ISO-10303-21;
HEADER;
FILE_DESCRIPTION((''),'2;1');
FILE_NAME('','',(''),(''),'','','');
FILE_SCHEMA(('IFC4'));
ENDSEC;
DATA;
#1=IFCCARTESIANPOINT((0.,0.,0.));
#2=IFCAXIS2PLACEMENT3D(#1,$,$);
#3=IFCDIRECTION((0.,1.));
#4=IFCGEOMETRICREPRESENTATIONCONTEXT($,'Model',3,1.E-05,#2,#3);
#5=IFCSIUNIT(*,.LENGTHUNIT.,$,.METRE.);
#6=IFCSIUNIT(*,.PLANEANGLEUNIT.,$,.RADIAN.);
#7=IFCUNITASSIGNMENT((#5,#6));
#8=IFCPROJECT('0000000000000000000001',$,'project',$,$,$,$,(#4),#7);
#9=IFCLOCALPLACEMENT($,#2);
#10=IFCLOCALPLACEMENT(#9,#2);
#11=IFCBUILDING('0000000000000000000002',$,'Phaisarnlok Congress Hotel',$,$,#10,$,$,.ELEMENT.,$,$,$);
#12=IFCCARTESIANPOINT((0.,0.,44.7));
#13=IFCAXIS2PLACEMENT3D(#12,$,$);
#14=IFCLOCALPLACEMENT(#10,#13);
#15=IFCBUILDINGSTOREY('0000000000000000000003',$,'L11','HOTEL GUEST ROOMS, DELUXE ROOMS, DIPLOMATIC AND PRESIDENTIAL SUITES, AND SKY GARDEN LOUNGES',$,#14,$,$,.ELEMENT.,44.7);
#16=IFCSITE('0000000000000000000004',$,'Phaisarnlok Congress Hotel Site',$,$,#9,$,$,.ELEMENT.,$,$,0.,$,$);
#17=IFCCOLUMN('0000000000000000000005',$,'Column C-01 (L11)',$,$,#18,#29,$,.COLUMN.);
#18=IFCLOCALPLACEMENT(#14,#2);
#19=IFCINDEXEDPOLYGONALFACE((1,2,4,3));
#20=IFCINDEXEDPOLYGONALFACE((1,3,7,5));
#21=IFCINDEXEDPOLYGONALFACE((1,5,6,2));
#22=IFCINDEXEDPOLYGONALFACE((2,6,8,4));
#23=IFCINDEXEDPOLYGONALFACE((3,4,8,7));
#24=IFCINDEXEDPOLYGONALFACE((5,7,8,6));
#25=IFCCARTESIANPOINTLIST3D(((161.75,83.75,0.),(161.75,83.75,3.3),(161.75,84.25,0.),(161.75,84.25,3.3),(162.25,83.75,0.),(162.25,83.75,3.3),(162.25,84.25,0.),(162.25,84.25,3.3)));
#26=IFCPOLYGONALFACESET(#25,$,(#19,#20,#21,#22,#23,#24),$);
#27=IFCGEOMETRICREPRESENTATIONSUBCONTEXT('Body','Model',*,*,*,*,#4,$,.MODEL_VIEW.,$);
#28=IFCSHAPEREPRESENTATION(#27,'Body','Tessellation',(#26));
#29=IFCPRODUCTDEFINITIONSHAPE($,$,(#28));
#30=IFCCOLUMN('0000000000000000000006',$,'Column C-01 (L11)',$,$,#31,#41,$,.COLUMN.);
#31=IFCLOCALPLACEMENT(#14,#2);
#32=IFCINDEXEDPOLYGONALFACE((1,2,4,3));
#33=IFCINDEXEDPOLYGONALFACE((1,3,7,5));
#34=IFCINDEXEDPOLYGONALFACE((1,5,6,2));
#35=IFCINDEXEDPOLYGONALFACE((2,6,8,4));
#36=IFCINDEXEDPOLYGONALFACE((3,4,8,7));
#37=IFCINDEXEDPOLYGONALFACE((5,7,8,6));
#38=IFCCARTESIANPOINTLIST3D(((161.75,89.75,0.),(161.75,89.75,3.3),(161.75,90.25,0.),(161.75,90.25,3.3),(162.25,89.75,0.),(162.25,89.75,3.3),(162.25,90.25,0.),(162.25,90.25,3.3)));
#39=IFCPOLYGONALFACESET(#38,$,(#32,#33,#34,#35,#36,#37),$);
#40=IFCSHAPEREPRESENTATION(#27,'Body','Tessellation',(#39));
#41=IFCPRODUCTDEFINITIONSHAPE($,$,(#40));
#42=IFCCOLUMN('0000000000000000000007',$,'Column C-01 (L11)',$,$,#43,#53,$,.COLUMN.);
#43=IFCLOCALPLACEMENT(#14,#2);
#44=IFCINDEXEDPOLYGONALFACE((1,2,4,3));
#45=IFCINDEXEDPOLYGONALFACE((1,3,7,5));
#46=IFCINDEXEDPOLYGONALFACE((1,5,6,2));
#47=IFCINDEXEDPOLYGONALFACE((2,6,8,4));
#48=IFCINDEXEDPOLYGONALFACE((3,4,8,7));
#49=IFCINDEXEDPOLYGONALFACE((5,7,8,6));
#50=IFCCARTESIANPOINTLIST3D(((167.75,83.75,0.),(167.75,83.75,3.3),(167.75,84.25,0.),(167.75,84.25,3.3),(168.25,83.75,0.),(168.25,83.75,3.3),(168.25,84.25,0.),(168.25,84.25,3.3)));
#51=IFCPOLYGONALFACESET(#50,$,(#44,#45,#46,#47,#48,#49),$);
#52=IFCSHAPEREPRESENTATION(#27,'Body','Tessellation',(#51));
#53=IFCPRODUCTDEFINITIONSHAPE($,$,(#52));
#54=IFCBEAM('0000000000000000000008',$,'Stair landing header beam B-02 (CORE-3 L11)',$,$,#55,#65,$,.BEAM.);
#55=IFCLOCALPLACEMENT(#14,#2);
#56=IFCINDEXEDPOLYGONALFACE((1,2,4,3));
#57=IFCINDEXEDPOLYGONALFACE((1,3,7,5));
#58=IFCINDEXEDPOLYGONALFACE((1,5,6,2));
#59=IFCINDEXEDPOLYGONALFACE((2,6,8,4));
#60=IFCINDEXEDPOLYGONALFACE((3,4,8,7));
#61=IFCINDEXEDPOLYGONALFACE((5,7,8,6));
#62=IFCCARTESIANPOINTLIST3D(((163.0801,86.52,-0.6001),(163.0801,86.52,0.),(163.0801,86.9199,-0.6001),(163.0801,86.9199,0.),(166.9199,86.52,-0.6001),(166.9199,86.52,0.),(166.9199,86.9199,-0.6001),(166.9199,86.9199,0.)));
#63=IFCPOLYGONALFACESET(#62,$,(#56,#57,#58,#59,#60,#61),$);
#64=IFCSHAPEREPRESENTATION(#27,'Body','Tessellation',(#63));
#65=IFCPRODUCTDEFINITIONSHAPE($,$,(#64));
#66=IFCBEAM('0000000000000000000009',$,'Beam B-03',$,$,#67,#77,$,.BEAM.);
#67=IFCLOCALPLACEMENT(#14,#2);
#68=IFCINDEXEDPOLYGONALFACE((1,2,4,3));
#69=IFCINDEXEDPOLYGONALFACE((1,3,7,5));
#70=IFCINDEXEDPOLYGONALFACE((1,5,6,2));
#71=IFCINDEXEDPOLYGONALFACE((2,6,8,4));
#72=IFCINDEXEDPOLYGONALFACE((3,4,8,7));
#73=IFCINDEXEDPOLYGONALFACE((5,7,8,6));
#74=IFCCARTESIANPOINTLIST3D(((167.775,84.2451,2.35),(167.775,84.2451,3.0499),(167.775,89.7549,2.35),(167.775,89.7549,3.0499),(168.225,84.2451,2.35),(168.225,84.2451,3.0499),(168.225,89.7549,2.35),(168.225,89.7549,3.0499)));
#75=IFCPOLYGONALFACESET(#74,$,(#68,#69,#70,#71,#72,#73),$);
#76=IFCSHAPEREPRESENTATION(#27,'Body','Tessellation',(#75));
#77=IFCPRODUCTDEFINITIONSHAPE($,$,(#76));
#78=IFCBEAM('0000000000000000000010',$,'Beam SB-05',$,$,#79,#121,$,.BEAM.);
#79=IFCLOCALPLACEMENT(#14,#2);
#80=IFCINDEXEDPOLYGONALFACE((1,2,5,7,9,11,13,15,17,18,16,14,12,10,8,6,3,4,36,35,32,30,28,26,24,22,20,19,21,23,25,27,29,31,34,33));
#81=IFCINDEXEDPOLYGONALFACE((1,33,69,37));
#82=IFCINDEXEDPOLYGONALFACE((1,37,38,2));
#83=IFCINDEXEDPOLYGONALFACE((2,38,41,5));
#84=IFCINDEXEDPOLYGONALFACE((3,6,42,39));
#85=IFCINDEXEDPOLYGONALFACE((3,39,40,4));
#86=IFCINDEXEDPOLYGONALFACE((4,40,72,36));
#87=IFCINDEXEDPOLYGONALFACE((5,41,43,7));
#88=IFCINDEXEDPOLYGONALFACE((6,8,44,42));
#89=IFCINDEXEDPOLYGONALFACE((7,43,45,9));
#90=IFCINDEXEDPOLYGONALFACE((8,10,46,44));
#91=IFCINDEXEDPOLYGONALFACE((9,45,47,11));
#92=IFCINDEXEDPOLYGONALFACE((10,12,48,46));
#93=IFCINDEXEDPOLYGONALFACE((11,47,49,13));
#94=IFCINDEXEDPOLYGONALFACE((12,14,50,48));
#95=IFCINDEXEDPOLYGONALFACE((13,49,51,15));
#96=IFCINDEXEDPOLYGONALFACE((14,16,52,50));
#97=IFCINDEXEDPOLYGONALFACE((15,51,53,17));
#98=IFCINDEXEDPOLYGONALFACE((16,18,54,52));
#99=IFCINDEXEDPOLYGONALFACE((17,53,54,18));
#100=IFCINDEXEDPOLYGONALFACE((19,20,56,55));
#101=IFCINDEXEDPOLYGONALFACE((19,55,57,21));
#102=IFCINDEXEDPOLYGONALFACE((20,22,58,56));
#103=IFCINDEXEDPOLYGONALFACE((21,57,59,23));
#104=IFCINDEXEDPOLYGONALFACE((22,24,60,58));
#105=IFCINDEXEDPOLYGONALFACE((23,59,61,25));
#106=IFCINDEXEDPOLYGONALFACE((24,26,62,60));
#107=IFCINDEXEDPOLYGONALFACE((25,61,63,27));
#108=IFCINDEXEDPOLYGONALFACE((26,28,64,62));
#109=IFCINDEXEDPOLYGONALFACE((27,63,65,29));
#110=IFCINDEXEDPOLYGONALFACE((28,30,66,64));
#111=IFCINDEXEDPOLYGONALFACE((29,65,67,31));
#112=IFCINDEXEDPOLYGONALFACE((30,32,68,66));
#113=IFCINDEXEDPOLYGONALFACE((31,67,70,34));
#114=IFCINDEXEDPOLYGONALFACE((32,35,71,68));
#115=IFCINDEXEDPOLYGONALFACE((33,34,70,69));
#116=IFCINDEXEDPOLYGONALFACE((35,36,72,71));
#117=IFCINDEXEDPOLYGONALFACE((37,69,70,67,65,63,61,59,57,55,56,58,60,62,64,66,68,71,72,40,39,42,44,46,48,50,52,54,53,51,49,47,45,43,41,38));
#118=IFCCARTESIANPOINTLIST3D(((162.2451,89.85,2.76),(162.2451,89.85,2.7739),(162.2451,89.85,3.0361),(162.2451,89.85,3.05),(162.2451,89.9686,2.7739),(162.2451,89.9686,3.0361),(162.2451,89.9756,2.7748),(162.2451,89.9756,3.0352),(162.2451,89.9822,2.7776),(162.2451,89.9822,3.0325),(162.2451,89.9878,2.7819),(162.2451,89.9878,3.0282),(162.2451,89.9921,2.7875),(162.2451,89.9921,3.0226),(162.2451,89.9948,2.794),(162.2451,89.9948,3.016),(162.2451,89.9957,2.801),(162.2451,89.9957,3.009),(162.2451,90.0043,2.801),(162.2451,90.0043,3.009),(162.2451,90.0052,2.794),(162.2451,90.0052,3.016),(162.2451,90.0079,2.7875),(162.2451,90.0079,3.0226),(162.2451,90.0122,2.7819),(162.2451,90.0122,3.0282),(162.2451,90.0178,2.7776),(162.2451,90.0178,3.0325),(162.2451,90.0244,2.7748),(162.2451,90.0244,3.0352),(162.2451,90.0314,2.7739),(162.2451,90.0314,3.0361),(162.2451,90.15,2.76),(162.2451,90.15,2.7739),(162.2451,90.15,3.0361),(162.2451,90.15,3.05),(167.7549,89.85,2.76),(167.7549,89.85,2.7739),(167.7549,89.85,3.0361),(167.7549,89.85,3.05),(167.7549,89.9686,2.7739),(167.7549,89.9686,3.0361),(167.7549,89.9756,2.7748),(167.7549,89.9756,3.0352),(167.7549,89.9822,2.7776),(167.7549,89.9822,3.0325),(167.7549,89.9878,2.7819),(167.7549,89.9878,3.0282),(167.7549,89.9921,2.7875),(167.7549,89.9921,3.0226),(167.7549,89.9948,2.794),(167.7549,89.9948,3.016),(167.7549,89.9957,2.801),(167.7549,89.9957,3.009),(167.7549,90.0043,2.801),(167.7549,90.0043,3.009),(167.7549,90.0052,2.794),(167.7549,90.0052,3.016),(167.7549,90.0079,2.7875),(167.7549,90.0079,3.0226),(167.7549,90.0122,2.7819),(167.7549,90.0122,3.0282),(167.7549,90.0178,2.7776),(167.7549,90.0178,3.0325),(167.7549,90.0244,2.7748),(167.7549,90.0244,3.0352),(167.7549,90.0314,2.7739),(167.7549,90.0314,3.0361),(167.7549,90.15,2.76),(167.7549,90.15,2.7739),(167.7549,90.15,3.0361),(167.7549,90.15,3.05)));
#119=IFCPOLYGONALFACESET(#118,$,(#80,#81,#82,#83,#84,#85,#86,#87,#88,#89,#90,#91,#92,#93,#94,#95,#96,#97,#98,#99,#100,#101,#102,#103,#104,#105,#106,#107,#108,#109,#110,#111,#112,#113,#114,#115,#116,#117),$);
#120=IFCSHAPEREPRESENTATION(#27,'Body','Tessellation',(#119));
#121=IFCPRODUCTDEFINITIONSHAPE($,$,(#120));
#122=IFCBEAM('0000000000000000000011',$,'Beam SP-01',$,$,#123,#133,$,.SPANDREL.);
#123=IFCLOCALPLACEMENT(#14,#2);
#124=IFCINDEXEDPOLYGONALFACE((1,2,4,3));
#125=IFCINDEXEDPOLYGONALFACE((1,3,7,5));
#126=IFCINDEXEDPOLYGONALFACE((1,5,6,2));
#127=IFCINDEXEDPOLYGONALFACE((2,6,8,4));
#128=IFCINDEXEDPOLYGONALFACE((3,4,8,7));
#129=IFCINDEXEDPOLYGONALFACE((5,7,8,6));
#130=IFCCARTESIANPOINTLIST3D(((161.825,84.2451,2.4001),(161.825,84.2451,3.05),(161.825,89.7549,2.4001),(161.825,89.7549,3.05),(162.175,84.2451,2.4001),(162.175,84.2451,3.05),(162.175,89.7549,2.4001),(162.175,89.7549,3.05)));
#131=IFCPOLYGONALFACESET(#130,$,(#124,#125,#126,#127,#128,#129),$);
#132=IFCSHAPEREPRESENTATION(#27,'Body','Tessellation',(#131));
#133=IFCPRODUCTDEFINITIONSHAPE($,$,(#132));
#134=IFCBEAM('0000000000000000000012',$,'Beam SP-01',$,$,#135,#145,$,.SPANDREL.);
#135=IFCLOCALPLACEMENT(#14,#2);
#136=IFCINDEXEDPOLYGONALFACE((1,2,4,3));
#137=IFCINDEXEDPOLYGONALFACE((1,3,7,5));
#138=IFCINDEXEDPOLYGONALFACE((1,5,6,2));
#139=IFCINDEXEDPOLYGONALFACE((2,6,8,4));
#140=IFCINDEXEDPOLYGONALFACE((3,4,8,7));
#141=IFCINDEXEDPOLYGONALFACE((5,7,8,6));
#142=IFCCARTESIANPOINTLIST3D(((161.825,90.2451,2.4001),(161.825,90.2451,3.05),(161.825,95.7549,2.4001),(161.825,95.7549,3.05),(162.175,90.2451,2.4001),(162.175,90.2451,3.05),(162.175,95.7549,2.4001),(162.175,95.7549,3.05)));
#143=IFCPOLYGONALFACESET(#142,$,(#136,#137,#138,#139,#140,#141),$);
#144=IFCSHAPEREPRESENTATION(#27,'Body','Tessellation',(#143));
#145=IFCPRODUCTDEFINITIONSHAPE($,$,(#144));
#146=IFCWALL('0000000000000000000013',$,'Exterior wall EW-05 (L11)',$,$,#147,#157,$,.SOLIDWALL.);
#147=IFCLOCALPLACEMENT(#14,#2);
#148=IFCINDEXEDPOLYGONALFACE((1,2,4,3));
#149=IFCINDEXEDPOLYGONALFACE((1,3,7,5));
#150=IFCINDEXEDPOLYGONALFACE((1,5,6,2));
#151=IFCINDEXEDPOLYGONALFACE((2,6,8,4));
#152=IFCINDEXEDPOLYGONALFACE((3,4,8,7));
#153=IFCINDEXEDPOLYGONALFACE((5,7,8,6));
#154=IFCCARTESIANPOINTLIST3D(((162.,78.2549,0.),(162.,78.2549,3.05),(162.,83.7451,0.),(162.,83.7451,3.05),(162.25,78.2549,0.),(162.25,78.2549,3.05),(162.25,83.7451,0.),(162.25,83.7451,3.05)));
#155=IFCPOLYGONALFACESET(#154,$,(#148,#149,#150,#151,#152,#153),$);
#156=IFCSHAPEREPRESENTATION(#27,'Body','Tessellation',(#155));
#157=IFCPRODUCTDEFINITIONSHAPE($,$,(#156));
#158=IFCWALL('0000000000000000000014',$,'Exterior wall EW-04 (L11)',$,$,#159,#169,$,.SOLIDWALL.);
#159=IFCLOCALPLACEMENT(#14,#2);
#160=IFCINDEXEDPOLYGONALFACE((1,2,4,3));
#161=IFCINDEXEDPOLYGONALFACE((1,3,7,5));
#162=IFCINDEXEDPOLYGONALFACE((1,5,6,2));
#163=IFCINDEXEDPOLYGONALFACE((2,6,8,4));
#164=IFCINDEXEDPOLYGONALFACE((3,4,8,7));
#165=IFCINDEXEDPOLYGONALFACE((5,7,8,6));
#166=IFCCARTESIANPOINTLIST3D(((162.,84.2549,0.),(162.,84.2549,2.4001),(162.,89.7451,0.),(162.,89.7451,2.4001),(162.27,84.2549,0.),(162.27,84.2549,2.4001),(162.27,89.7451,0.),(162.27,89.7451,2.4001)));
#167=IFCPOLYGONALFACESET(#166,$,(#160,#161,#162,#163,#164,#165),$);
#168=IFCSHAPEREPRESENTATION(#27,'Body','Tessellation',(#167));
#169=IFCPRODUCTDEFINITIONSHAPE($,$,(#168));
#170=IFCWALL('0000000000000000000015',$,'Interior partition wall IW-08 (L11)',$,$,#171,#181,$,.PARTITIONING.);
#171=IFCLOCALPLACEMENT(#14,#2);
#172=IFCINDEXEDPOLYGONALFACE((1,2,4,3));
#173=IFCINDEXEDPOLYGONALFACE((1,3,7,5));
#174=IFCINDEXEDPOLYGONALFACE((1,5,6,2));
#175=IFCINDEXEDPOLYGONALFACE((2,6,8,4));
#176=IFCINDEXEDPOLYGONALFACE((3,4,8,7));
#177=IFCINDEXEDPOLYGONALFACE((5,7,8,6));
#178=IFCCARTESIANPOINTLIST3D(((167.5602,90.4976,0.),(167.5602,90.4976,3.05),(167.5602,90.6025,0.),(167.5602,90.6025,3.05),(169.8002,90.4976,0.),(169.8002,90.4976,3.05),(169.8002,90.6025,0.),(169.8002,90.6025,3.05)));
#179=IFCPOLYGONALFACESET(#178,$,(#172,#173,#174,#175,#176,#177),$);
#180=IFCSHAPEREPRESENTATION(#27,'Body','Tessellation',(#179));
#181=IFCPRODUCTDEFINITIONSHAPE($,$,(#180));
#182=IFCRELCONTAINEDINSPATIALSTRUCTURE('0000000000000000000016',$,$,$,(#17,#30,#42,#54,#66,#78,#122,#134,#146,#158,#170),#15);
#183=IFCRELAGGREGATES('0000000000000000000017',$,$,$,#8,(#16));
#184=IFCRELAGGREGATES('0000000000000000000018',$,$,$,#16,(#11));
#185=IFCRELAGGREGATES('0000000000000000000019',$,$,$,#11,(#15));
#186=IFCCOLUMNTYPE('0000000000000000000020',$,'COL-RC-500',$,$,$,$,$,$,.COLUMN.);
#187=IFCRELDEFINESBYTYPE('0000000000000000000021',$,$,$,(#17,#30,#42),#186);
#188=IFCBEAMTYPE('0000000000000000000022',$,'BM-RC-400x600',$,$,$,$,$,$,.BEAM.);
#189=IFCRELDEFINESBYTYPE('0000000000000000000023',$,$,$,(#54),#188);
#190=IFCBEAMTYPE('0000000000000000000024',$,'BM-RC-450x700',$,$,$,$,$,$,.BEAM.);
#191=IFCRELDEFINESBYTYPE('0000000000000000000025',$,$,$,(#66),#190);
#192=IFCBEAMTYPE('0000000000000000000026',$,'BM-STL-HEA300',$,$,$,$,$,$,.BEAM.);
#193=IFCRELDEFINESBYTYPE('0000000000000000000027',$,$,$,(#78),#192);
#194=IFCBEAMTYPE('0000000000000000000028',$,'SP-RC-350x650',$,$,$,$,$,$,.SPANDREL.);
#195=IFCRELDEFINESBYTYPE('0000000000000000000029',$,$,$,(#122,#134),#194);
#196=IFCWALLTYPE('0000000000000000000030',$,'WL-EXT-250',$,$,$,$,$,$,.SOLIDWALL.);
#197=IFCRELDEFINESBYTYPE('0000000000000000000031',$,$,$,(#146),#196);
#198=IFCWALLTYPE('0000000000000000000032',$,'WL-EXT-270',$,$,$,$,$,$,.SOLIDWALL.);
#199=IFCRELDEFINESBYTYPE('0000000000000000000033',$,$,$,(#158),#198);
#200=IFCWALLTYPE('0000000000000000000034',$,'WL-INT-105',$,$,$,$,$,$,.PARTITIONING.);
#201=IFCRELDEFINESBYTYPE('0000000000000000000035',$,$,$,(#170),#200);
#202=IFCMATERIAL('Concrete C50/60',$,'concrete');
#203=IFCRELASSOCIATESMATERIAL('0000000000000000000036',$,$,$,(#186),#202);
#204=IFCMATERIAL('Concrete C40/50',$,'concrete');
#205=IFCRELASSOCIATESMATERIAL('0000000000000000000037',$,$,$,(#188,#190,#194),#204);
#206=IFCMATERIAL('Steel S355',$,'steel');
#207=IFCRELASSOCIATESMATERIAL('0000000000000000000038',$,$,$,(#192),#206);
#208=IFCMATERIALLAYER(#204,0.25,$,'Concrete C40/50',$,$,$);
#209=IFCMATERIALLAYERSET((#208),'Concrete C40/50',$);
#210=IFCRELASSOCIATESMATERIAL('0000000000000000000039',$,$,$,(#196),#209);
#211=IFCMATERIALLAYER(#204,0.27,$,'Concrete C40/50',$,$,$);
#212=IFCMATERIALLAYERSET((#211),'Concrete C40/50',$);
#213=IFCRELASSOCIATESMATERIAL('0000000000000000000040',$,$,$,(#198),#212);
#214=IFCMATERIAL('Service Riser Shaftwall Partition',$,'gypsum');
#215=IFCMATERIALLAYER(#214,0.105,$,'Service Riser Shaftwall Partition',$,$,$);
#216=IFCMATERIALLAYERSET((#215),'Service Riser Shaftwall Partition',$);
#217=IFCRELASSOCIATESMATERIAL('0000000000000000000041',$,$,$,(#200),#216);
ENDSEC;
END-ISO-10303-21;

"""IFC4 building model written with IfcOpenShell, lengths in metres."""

from ifc_helpers import new_model, si_unit, direction, frame, frame_2d, origin, origin_2d, place, context, subcontext, project, spatial, rectangle, i_section, extrude, material, layer, layer_set, material_profile, profile_set, type_object, element, save


model = new_model("IFC4")

# Units and contexts
model_context = context("Model", 3, precision=1e-05, world=origin(), true_north=direction((0.0, 1.0)))
body_context = subcontext(model_context, "Body", "Model", "MODEL_VIEW")
ifc_project = project(units=[si_unit("LENGTHUNIT", "METRE"), si_unit("PLANEANGLEUNIT", "RADIAN")], contexts=[model_context])

# Site, building, storey
site_placement = place(None, origin())
site = spatial("IfcSite", under=ifc_project, at=site_placement, Name="Phaisarnlok Congress Hotel Site", CompositionType="ELEMENT", RefElevation=0.0)
building_placement = place(site_placement, origin())
building = spatial("IfcBuilding", under=site, at=building_placement, Name="Phaisarnlok Congress Hotel", CompositionType="ELEMENT")
storey_placement = place(building_placement, frame((0.0, 0.0, 44.7)))
storey = spatial("IfcBuildingStorey", under=building, at=storey_placement, Name="L11", Description="HOTEL GUEST ROOMS, DELUXE ROOMS, DIPLOMATIC AND PRESIDENTIAL SUITES, AND SKY GARDEN LOUNGES", CompositionType="ELEMENT", Elevation=44.7)

# Columns
ifc_material_1 = material(Name="Concrete C50/60", Category="concrete")
ifc_material_profile_1 = material_profile(ifc_material_1, rectangle(XDim=0.5, YDim=0.5, at=origin_2d()), Name="RC 500x500")
ifc_profile_set_1 = profile_set([ifc_material_profile_1], Name="Concrete C50/60")
column_type = type_object("IfcColumnType", Name="COL-RC-500", PredefinedType="COLUMN", material=ifc_profile_set_1)
for number, where, z_axis, x_axis, name in (
    (1, (162.0, 84.0, 0.0), (0.0, 0.0, 1.0), (1.0, 0.0, 0.0), "Column C-01 (L11)"),
    (2, (162.0, 90.0, 0.0), (0.0, 0.0, 1.0), (1.0, 0.0, 0.0), "Column C-01 (L11)"),
    (3, (168.0, 84.0, 0.0), (0.0, 0.0, 1.0), (1.0, 0.0, 0.0), "Column C-01 (L11)"),
):
    element("IfcColumn", number, at=place(storey_placement, frame(where, z_axis=z_axis, x_axis=x_axis)), inside=storey, type_object=column_type, Name=name, PredefinedType="COLUMN", context=body_context, shape_type="SweptSolid", body=[
        extrude(rectangle(XDim=0.5, YDim=0.5, at=origin_2d()), origin(), (0.0, 0.0, 1.0), 3.3),
    ])

# Beams
ifc_material_2 = material(Name="Concrete C40/50", Category="concrete")
ifc_material_profile_2 = material_profile(ifc_material_2, rectangle(XDim=0.3999, YDim=0.6001, at=origin_2d()), Name="RC 400x600")
ifc_profile_set_2 = profile_set([ifc_material_profile_2], Name="Concrete C40/50")
beam_type_1 = type_object("IfcBeamType", Name="BM-RC-400x600", PredefinedType="BEAM", material=ifc_profile_set_2)
beam_1_placement = place(storey_placement, frame((163.0801, 86.72, -0.3), z_axis=(1.0, 0.0, 0.0), x_axis=(0.0, 1.0, 0.0)))
element("IfcBeam", 4, at=beam_1_placement, inside=storey, type_object=beam_type_1, Name="Stair landing header beam B-02 (CORE-3 L11)", PredefinedType="BEAM", context=body_context, shape_type="SweptSolid", body=[
    extrude(rectangle(XDim=0.3999, YDim=0.6001, at=origin_2d()), origin(), (0.0, 0.0, 1.0), 3.8398),
])
ifc_material_profile_3 = material_profile(ifc_material_2, rectangle(XDim=0.45, YDim=0.7, at=origin_2d()), Name="RC 450x700")
ifc_profile_set_3 = profile_set([ifc_material_profile_3], Name="Concrete C40/50")
beam_type_2 = type_object("IfcBeamType", Name="BM-RC-450x700", PredefinedType="BEAM", material=ifc_profile_set_3)
beam_2_placement = place(storey_placement, frame((168.0, 84.2451, 2.7), z_axis=(0.0, 1.0, 0.0), x_axis=(-1.0, 0.0, 0.0)))
element("IfcBeam", 5, at=beam_2_placement, inside=storey, type_object=beam_type_2, Name="Beam B-03", PredefinedType="BEAM", context=body_context, shape_type="SweptSolid", body=[
    extrude(rectangle(XDim=0.45, YDim=0.7, at=origin_2d()), origin(), (0.0, 0.0, 1.0), 5.5098),
])
ifc_material_3 = material(Name="Steel S355", Category="steel")
ifc_material_profile_4 = material_profile(ifc_material_3, i_section(OverallWidth=0.3, OverallDepth=0.29, WebThickness=0.0085, FlangeThickness=0.0139, FilletRadius=0.0271, at=origin_2d()), Name="HEA 300")
ifc_profile_set_4 = profile_set([ifc_material_profile_4], Name="Steel S355")
beam_type_3 = type_object("IfcBeamType", Name="BM-STL-HEA300", PredefinedType="BEAM", material=ifc_profile_set_4)
beam_3_placement = place(storey_placement, frame((162.2451, 90.0, 2.905), z_axis=(1.0, 0.0, 0.0), x_axis=(0.0, 1.0, 0.0)))
element("IfcBeam", 6, at=beam_3_placement, inside=storey, type_object=beam_type_3, Name="Beam SB-05", PredefinedType="BEAM", context=body_context, shape_type="SweptSolid", body=[
    extrude(i_section(OverallWidth=0.3, OverallDepth=0.29, WebThickness=0.0085, FlangeThickness=0.0139, FilletRadius=0.0271, at=origin_2d()), origin(), (0.0, 0.0, 1.0), 5.5098),
])
ifc_material_profile_5 = material_profile(ifc_material_2, rectangle(XDim=0.3501, YDim=0.6499, at=origin_2d()), Name="RC 350x650")
ifc_profile_set_5 = profile_set([ifc_material_profile_5], Name="Concrete C40/50")
beam_type_4 = type_object("IfcBeamType", Name="SP-RC-350x650", PredefinedType="SPANDREL", material=ifc_profile_set_5)
for number, where, z_axis, x_axis, name in (
    (7, (162.0, 84.2451, 2.7251), (0.0, 1.0, 0.0), (-1.0, 0.0, 0.0), "Beam SP-01"),
    (8, (162.0, 90.2451, 2.7251), (0.0, 1.0, 0.0), (-1.0, 0.0, 0.0), "Beam SP-01"),
):
    element("IfcBeam", number, at=place(storey_placement, frame(where, z_axis=z_axis, x_axis=x_axis)), inside=storey, type_object=beam_type_4, Name=name, PredefinedType="SPANDREL", context=body_context, shape_type="SweptSolid", body=[
        extrude(rectangle(XDim=0.3501, YDim=0.6499, at=origin_2d()), origin(), (0.0, 0.0, 1.0), 5.5098),
    ])

# Walls
ifc_layer_1 = layer(ifc_material_2, 0.25, Name="Concrete C40/50")
ifc_layer_set_1 = layer_set([ifc_layer_1], Name="Concrete C40/50")
wall_type_1 = type_object("IfcWallType", Name="WL-EXT-250", PredefinedType="SOLIDWALL", material=ifc_layer_set_1)
wall_1_placement = place(storey_placement, frame((162.125, 83.7451, 0.0), z_axis=(0.0, 0.0, 1.0), x_axis=(0.0, -1.0, 0.0)))
element("IfcWall", 9, at=wall_1_placement, inside=storey, type_object=wall_type_1, Name="Exterior wall EW-05 (L11)", PredefinedType="SOLIDWALL", context=body_context, shape_type="SweptSolid", body=[
    extrude(rectangle(XDim=5.4902, YDim=0.25, at=frame_2d((2.7451, 0.0))), origin(), (0.0, 0.0, 1.0), 3.05),
])
ifc_layer_2 = layer(ifc_material_2, 0.27, Name="Concrete C40/50")
ifc_layer_set_2 = layer_set([ifc_layer_2], Name="Concrete C40/50")
wall_type_2 = type_object("IfcWallType", Name="WL-EXT-270", PredefinedType="SOLIDWALL", material=ifc_layer_set_2)
wall_2_placement = place(storey_placement, frame((162.135, 89.7451, 0.0), z_axis=(0.0, 0.0, 1.0), x_axis=(0.0, -1.0, 0.0)))
element("IfcWall", 10, at=wall_2_placement, inside=storey, type_object=wall_type_2, Name="Exterior wall EW-04 (L11)", PredefinedType="SOLIDWALL", context=body_context, shape_type="SweptSolid", body=[
    extrude(rectangle(XDim=5.4902, YDim=0.27, at=frame_2d((2.7451, 0.0))), origin(), (0.0, 0.0, 1.0), 2.4001),
])
ifc_material_4 = material(Name="Service Riser Shaftwall Partition", Category="gypsum")
ifc_layer_3 = layer(ifc_material_4, 0.105, Name="Service Riser Shaftwall Partition")
ifc_layer_set_3 = layer_set([ifc_layer_3], Name="Service Riser Shaftwall Partition")
wall_type_3 = type_object("IfcWallType", Name="WL-INT-105", PredefinedType="PARTITIONING", material=ifc_layer_set_3)
wall_3_placement = place(storey_placement, frame((167.5601, 90.55, 0.0), z_axis=(0.0, 0.0, 1.0), x_axis=(1.0, 0.0, 0.0)))
element("IfcWall", 11, at=wall_3_placement, inside=storey, type_object=wall_type_3, Name="Interior partition wall IW-08 (L11)", PredefinedType="PARTITIONING", context=body_context, shape_type="SweptSolid", body=[
    extrude(rectangle(XDim=2.24, YDim=0.105, at=frame_2d((1.1201, 0.0))), origin(), (0.0, 0.0, 1.0), 3.05),
])

save(model, "model.ifc")
